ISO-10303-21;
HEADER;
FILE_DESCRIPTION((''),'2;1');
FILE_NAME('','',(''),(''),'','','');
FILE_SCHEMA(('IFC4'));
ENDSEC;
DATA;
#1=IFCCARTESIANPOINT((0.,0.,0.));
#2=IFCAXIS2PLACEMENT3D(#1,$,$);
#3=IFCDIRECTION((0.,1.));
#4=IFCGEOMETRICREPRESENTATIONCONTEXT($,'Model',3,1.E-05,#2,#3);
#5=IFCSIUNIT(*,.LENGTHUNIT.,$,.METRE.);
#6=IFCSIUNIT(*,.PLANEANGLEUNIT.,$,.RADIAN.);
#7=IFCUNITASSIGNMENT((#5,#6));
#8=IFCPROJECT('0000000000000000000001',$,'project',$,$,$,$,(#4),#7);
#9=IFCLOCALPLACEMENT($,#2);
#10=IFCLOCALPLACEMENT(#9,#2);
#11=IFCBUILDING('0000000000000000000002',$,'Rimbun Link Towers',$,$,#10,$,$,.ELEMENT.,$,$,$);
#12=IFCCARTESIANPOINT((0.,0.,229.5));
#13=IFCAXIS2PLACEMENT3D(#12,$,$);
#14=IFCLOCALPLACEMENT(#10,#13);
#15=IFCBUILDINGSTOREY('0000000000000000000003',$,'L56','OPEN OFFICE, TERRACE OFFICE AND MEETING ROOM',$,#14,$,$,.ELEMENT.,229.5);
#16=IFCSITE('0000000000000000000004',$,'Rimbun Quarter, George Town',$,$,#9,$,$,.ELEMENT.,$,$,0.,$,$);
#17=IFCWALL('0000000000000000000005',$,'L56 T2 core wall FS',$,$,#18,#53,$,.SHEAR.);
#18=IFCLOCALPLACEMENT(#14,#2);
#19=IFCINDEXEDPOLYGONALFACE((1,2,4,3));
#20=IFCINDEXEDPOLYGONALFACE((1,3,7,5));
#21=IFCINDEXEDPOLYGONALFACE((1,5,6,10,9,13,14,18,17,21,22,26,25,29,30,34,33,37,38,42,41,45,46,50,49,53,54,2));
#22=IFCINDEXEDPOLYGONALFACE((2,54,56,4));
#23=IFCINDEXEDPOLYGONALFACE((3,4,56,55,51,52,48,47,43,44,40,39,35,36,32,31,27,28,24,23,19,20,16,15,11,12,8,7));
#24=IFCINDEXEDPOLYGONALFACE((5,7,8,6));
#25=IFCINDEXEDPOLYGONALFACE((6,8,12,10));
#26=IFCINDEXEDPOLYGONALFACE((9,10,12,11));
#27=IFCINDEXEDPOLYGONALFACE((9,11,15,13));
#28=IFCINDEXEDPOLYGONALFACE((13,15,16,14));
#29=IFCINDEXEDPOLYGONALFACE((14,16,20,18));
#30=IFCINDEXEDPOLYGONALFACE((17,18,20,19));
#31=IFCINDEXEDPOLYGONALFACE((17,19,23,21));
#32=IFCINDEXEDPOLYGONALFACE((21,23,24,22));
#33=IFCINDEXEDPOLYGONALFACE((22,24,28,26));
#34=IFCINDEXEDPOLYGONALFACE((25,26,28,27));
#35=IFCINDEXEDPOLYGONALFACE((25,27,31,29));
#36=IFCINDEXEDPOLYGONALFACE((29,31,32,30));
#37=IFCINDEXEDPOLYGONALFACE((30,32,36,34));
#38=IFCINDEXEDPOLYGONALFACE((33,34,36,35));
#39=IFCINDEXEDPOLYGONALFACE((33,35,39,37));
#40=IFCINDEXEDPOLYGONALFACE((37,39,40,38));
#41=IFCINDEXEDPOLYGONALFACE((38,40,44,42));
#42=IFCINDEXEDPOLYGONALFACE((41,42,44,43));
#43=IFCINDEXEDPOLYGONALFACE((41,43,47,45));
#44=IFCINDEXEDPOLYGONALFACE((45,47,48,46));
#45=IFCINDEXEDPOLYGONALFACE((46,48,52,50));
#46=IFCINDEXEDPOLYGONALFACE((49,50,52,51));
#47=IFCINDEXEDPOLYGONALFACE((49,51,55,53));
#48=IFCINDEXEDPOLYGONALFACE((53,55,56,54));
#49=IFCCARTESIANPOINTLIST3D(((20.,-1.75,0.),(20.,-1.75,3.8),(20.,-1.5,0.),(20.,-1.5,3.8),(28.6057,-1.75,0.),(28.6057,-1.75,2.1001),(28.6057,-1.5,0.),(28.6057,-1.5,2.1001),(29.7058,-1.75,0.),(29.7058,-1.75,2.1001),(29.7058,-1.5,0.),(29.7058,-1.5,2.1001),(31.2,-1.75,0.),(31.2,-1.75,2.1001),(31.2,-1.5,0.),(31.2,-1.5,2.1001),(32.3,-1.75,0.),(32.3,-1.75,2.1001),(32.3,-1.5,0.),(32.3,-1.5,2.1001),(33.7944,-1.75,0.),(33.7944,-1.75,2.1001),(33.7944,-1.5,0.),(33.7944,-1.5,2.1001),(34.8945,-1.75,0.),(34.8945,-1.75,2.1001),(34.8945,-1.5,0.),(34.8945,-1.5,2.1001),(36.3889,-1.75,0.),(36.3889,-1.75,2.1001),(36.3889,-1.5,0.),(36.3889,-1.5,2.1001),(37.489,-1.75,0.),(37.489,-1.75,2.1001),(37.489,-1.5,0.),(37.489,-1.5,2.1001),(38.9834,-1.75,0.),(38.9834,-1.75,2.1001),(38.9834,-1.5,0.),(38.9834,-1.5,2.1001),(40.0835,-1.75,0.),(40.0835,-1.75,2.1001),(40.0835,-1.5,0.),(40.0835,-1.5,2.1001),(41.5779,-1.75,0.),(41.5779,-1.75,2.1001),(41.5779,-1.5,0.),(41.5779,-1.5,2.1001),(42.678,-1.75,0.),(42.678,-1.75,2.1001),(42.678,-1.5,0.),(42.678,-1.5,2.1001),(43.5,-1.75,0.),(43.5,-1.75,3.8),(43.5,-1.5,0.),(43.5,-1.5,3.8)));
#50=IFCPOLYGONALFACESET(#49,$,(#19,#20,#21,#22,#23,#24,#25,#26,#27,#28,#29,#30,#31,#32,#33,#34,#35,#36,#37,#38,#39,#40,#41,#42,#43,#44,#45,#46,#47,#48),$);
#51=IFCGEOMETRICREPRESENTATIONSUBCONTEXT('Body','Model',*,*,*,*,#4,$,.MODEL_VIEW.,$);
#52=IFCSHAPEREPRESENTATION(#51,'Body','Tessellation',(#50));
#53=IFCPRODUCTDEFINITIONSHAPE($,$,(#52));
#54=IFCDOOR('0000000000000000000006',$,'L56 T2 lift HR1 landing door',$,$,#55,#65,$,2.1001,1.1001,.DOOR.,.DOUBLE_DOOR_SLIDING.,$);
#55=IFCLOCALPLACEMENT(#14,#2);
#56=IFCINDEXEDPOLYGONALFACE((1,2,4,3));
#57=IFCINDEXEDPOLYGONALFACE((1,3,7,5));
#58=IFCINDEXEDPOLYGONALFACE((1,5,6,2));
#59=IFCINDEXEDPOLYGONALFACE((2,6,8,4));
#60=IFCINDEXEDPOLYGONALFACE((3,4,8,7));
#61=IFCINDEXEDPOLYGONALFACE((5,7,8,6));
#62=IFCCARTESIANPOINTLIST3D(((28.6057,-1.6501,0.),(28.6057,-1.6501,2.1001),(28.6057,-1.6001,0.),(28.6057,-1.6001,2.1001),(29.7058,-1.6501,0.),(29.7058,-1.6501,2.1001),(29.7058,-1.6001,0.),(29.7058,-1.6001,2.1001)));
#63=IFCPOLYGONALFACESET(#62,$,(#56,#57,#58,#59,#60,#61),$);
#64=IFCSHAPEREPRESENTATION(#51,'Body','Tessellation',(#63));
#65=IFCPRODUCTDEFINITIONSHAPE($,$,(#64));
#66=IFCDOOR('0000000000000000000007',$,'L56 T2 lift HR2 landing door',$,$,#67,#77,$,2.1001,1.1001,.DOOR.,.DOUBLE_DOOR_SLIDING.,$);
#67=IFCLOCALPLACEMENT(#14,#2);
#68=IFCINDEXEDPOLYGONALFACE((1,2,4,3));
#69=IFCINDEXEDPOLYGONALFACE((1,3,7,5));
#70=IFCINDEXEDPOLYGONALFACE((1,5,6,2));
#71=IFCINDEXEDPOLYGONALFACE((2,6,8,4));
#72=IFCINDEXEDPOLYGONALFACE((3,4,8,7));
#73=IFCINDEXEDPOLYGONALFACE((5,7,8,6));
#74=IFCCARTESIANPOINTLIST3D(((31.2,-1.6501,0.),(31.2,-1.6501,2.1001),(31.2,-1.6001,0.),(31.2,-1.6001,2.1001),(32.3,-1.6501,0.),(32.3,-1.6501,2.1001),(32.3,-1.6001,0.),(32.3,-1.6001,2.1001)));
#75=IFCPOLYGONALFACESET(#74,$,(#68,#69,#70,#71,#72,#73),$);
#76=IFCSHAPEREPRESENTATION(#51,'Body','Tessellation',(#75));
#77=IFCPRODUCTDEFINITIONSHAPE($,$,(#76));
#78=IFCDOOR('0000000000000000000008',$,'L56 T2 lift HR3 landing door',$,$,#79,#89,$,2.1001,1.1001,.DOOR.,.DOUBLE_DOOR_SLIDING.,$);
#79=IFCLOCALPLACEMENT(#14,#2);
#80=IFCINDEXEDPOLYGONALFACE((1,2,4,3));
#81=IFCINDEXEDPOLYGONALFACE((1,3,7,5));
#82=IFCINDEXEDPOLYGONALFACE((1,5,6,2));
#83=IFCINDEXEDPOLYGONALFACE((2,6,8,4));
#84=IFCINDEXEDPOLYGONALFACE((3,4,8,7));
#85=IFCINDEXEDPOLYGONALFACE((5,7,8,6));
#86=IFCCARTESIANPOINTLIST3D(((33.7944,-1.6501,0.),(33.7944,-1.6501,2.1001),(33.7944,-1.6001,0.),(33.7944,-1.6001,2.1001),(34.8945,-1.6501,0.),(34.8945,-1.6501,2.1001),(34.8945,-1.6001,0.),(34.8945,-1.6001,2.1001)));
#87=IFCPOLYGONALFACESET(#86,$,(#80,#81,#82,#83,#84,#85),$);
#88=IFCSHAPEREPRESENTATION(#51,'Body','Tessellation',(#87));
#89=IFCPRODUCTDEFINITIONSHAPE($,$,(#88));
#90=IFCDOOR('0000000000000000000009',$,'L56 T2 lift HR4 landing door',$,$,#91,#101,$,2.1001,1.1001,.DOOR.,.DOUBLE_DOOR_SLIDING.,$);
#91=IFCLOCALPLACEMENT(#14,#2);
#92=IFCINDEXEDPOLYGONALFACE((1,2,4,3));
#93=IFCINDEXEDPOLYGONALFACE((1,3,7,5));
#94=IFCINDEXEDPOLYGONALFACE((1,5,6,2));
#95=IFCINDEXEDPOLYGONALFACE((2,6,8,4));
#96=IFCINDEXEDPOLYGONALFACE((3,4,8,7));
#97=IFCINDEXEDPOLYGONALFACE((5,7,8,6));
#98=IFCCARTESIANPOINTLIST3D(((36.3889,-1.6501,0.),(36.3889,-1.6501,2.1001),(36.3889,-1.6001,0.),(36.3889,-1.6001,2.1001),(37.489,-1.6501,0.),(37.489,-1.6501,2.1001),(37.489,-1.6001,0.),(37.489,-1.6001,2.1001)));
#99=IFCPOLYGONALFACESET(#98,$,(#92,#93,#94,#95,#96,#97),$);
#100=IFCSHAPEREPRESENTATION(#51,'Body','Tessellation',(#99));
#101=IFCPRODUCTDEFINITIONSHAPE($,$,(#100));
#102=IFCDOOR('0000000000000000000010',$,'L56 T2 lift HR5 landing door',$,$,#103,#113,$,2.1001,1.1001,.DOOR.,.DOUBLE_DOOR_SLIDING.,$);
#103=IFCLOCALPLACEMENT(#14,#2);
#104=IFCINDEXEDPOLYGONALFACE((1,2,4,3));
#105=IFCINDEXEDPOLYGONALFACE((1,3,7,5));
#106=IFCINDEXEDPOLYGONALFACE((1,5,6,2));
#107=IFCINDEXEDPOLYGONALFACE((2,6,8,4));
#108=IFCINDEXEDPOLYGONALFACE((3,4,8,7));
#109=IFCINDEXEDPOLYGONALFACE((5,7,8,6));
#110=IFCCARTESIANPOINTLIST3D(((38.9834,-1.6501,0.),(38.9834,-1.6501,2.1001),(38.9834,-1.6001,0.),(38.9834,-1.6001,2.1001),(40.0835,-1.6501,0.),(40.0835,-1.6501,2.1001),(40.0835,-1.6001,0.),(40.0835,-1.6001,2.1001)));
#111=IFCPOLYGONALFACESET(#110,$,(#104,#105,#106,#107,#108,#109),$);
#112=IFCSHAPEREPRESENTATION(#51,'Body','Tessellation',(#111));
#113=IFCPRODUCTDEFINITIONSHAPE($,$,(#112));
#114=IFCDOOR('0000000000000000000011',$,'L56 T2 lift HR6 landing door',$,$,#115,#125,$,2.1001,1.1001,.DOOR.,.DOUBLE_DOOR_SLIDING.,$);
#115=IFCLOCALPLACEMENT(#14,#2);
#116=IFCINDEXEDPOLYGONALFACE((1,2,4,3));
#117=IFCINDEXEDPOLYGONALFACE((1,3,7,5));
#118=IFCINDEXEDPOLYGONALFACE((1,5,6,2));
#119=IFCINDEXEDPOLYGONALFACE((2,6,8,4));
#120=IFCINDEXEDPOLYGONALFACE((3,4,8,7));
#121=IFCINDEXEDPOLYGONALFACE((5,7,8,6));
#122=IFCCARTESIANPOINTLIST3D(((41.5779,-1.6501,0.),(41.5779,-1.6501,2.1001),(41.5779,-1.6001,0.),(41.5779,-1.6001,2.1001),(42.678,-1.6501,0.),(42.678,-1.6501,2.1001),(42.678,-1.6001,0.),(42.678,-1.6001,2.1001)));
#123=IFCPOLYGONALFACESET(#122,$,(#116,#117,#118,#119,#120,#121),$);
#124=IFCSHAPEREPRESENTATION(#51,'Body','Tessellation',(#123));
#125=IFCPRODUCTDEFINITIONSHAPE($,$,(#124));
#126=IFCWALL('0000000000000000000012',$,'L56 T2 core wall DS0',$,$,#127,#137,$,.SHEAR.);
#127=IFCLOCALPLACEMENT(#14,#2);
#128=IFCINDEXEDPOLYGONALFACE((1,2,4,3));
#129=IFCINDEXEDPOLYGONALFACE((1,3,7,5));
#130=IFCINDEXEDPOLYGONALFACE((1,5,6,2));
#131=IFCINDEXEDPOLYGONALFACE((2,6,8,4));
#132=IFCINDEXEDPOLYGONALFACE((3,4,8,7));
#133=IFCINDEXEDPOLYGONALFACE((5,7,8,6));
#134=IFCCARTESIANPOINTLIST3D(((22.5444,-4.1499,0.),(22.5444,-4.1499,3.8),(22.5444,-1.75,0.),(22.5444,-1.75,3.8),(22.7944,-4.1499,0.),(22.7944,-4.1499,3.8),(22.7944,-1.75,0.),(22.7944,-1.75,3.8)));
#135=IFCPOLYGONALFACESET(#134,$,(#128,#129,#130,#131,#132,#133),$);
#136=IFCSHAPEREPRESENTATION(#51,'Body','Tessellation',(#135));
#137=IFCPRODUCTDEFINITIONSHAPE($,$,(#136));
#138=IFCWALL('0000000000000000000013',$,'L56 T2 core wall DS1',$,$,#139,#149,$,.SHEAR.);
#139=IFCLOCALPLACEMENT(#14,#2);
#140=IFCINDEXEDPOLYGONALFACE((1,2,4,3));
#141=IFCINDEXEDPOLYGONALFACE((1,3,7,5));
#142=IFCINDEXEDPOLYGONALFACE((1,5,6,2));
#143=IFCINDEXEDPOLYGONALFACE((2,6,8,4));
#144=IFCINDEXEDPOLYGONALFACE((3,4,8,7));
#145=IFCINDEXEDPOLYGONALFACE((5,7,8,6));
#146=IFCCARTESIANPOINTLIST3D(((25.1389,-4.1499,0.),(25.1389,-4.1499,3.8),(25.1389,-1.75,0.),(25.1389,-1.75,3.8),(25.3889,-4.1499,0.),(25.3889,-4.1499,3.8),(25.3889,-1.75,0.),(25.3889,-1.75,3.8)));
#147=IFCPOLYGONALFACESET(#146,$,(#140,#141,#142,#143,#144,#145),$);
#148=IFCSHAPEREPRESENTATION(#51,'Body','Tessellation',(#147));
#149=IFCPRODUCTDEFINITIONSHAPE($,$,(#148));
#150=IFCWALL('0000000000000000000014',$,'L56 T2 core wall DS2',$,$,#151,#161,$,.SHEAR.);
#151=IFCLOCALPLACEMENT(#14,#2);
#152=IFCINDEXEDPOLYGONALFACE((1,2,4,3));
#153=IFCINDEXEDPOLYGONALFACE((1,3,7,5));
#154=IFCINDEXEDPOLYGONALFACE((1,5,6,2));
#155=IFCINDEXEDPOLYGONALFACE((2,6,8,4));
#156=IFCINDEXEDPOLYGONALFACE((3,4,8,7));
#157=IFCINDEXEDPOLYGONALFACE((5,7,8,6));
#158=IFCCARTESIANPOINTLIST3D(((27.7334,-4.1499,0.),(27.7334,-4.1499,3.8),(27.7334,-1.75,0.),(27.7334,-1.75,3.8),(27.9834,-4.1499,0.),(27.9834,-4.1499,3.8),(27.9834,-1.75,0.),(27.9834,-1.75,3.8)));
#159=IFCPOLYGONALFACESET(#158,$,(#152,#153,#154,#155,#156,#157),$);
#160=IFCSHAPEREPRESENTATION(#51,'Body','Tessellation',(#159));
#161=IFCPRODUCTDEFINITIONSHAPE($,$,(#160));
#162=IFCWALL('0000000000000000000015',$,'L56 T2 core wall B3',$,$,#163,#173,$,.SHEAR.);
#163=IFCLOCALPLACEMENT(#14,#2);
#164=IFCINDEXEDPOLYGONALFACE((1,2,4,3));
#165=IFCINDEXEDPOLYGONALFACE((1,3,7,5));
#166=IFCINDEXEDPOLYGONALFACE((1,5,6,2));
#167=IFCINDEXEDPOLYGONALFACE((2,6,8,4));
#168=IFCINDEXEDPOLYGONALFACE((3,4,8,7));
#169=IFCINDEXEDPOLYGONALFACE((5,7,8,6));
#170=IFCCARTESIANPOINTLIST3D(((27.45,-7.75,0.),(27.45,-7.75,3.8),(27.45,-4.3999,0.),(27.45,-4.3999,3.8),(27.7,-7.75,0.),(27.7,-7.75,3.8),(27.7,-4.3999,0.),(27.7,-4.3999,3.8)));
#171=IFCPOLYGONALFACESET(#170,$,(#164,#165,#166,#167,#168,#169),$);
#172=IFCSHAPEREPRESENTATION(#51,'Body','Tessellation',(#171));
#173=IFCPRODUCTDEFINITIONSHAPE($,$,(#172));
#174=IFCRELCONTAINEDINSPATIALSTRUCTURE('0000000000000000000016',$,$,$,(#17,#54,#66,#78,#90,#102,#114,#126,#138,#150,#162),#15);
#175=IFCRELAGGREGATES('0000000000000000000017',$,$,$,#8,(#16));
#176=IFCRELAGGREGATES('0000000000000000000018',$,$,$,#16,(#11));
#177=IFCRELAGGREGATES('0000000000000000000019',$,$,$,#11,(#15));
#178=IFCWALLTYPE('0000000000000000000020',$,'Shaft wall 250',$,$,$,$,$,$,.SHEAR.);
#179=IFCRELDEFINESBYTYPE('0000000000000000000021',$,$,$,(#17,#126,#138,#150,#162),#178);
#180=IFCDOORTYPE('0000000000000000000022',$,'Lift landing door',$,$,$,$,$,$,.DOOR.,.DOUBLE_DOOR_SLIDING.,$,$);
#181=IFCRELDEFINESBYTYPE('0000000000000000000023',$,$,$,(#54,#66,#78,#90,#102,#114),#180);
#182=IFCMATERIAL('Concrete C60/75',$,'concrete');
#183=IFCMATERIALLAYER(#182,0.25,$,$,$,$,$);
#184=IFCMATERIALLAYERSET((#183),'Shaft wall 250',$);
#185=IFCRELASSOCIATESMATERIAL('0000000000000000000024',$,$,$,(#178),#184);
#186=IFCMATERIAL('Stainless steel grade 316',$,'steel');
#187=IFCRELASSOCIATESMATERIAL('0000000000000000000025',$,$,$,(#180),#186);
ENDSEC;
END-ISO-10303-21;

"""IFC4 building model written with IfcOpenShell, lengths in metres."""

from ifc_helpers import new_model, si_unit, direction, frame, frame_2d, origin, place, context, subcontext, project, spatial, rectangle, extrude, material, layer, layer_set, type_object, element, fill, save


model = new_model("IFC4")

# Units and contexts
model_context = context("Model", 3, precision=1e-05, world=origin(), true_north=direction((0.0, 1.0)))
body_context = subcontext(model_context, "Body", "Model", "MODEL_VIEW")
ifc_project = project(units=[si_unit("LENGTHUNIT", "METRE"), si_unit("PLANEANGLEUNIT", "RADIAN")], contexts=[model_context])

# Site, building, storey
site_placement = place(None, origin())
site = spatial("IfcSite", under=ifc_project, at=site_placement, Name="Rimbun Quarter, George Town", CompositionType="ELEMENT", RefElevation=0.0)
building_placement = place(site_placement, origin())
building = spatial("IfcBuilding", under=site, at=building_placement, Name="Rimbun Link Towers", CompositionType="ELEMENT")
storey_placement = place(building_placement, frame((0.0, 0.0, 229.5)))
storey = spatial("IfcBuildingStorey", under=building, at=storey_placement, Name="L56", Description="OPEN OFFICE, TERRACE OFFICE AND MEETING ROOM", CompositionType="ELEMENT", Elevation=229.5)

# Shared definitions
ifc_material_1 = material(Name="Concrete C60/75", Category="concrete")
ifc_layer_1 = layer(ifc_material_1, 0.25)
ifc_layer_set_1 = layer_set([ifc_layer_1], Name="Shaft wall 250")
wall_type_1 = type_object("IfcWallType", Name="Shaft wall 250", PredefinedType="SHEAR", material=ifc_layer_set_1)

# Wall, openings, doors
wall_1_placement = place(storey_placement, frame((20.0, -1.625, 0.0), z_axis=(0.0, 0.0, 1.0), x_axis=(1.0, 0.0, 0.0)))
wall_1 = element("IfcWall", 1, at=wall_1_placement, inside=storey, type_object=wall_type_1, Name="L56 T2 core wall FS", PredefinedType="SHEAR", context=body_context, shape_type="SweptSolid", body=[
    extrude(rectangle(XDim=23.5, YDim=0.25, at=frame_2d((11.75, 0.0))), origin(), (0.0, 0.0, 1.0), 3.8),
])
opening_1_placement = place(wall_1_placement, frame((8.6057, 0.0, 0.0)))
opening_1 = element("IfcOpeningElement", 2, at=opening_1_placement, cuts=wall_1, PredefinedType="OPENING", context=body_context, shape_type="SweptSolid", body=[
    extrude(rectangle(XDim=1.1001, YDim=2.1001, at=frame_2d((0.55, 1.05))), frame((0.0, 0.135, 0.0), z_axis=(0.0, -1.0, 0.0), x_axis=(1.0, 0.0, 0.0)), (0.0, 0.0, 1.0), 0.27),
])
opening_2_placement = place(wall_1_placement, frame((11.2, 0.0, 0.0)))
opening_2 = element("IfcOpeningElement", 3, at=opening_2_placement, cuts=wall_1, PredefinedType="OPENING", context=body_context, shape_type="SweptSolid", body=[
    extrude(rectangle(XDim=1.1001, YDim=2.1001, at=frame_2d((0.55, 1.05))), frame((0.0, 0.135, 0.0), z_axis=(0.0, -1.0, 0.0), x_axis=(1.0, 0.0, 0.0)), (0.0, 0.0, 1.0), 0.27),
])
opening_3_placement = place(wall_1_placement, frame((13.7944, 0.0, 0.0)))
opening_3 = element("IfcOpeningElement", 4, at=opening_3_placement, cuts=wall_1, PredefinedType="OPENING", context=body_context, shape_type="SweptSolid", body=[
    extrude(rectangle(XDim=1.1001, YDim=2.1001, at=frame_2d((0.55, 1.05))), frame((0.0, 0.135, 0.0), z_axis=(0.0, -1.0, 0.0), x_axis=(1.0, 0.0, 0.0)), (0.0, 0.0, 1.0), 0.27),
])
opening_4_placement = place(wall_1_placement, frame((16.3889, 0.0, 0.0)))
opening_4 = element("IfcOpeningElement", 5, at=opening_4_placement, cuts=wall_1, PredefinedType="OPENING", context=body_context, shape_type="SweptSolid", body=[
    extrude(rectangle(XDim=1.1001, YDim=2.1001, at=frame_2d((0.55, 1.05))), frame((0.0, 0.135, 0.0), z_axis=(0.0, -1.0, 0.0), x_axis=(1.0, 0.0, 0.0)), (0.0, 0.0, 1.0), 0.27),
])
opening_5_placement = place(wall_1_placement, frame((18.9834, 0.0, 0.0)))
opening_5 = element("IfcOpeningElement", 6, at=opening_5_placement, cuts=wall_1, PredefinedType="OPENING", context=body_context, shape_type="SweptSolid", body=[
    extrude(rectangle(XDim=1.1001, YDim=2.1001, at=frame_2d((0.55, 1.05))), frame((0.0, 0.135, 0.0), z_axis=(0.0, -1.0, 0.0), x_axis=(1.0, 0.0, 0.0)), (0.0, 0.0, 1.0), 0.27),
])
opening_6_placement = place(wall_1_placement, frame((21.5779, 0.0, 0.0)))
opening_6 = element("IfcOpeningElement", 7, at=opening_6_placement, cuts=wall_1, PredefinedType="OPENING", context=body_context, shape_type="SweptSolid", body=[
    extrude(rectangle(XDim=1.1001, YDim=2.1001, at=frame_2d((0.55, 1.05))), frame((0.0, 0.135, 0.0), z_axis=(0.0, -1.0, 0.0), x_axis=(1.0, 0.0, 0.0)), (0.0, 0.0, 1.0), 0.27),
])
ifc_material_2 = material(Name="Stainless steel grade 316", Category="steel")
door_type_1 = type_object("IfcDoorType", Name="Lift landing door", OperationType="DOUBLE_DOOR_SLIDING", PredefinedType="DOOR", material=ifc_material_2)
door_1_placement = place(opening_1_placement, origin())
door_1 = element("IfcDoor", 8, at=door_1_placement, inside=storey, type_object=door_type_1, Name="L56 T2 lift HR1 landing door", OperationType="DOUBLE_DOOR_SLIDING", OverallHeight=2.1001, OverallWidth=1.1001, PredefinedType="DOOR", context=body_context, shape_type="SweptSolid", body=[
    extrude(rectangle(XDim=1.1001, YDim=2.1001, at=frame_2d((0.55, 1.05))), frame((0.0, 0.0249, 0.0), z_axis=(0.0, -1.0, 0.0), x_axis=(1.0, 0.0, 0.0)), (0.0, 0.0, 1.0), 0.05),
])
fill(opening_1, door_1)
door_2_placement = place(opening_2_placement, origin())
door_2 = element("IfcDoor", 9, at=door_2_placement, inside=storey, type_object=door_type_1, Name="L56 T2 lift HR2 landing door", OperationType="DOUBLE_DOOR_SLIDING", OverallHeight=2.1001, OverallWidth=1.1001, PredefinedType="DOOR", context=body_context, shape_type="SweptSolid", body=[
    extrude(rectangle(XDim=1.1001, YDim=2.1001, at=frame_2d((0.55, 1.05))), frame((0.0, 0.0249, 0.0), z_axis=(0.0, -1.0, 0.0), x_axis=(1.0, 0.0, 0.0)), (0.0, 0.0, 1.0), 0.05),
])
fill(opening_2, door_2)
door_3_placement = place(opening_3_placement, origin())
door_3 = element("IfcDoor", 10, at=door_3_placement, inside=storey, type_object=door_type_1, Name="L56 T2 lift HR3 landing door", OperationType="DOUBLE_DOOR_SLIDING", OverallHeight=2.1001, OverallWidth=1.1001, PredefinedType="DOOR", context=body_context, shape_type="SweptSolid", body=[
    extrude(rectangle(XDim=1.1001, YDim=2.1001, at=frame_2d((0.55, 1.05))), frame((0.0, 0.0249, 0.0), z_axis=(0.0, -1.0, 0.0), x_axis=(1.0, 0.0, 0.0)), (0.0, 0.0, 1.0), 0.05),
])
fill(opening_3, door_3)
door_4_placement = place(opening_4_placement, origin())
door_4 = element("IfcDoor", 11, at=door_4_placement, inside=storey, type_object=door_type_1, Name="L56 T2 lift HR4 landing door", OperationType="DOUBLE_DOOR_SLIDING", OverallHeight=2.1001, OverallWidth=1.1001, PredefinedType="DOOR", context=body_context, shape_type="SweptSolid", body=[
    extrude(rectangle(XDim=1.1001, YDim=2.1001, at=frame_2d((0.55, 1.05))), frame((0.0, 0.0249, 0.0), z_axis=(0.0, -1.0, 0.0), x_axis=(1.0, 0.0, 0.0)), (0.0, 0.0, 1.0), 0.05),
])
fill(opening_4, door_4)
door_5_placement = place(opening_5_placement, origin())
door_5 = element("IfcDoor", 12, at=door_5_placement, inside=storey, type_object=door_type_1, Name="L56 T2 lift HR5 landing door", OperationType="DOUBLE_DOOR_SLIDING", OverallHeight=2.1001, OverallWidth=1.1001, PredefinedType="DOOR", context=body_context, shape_type="SweptSolid", body=[
    extrude(rectangle(XDim=1.1001, YDim=2.1001, at=frame_2d((0.55, 1.05))), frame((0.0, 0.0249, 0.0), z_axis=(0.0, -1.0, 0.0), x_axis=(1.0, 0.0, 0.0)), (0.0, 0.0, 1.0), 0.05),
])
fill(opening_5, door_5)
door_6_placement = place(opening_6_placement, origin())
door_6 = element("IfcDoor", 13, at=door_6_placement, inside=storey, type_object=door_type_1, Name="L56 T2 lift HR6 landing door", OperationType="DOUBLE_DOOR_SLIDING", OverallHeight=2.1001, OverallWidth=1.1001, PredefinedType="DOOR", context=body_context, shape_type="SweptSolid", body=[
    extrude(rectangle(XDim=1.1001, YDim=2.1001, at=frame_2d((0.55, 1.05))), frame((0.0, 0.0249, 0.0), z_axis=(0.0, -1.0, 0.0), x_axis=(1.0, 0.0, 0.0)), (0.0, 0.0, 1.0), 0.05),
])
fill(opening_6, door_6)

# Walls
for number, where, z_axis, x_axis, name in (
    (14, (22.6694, -4.1499, 0.0), (0.0, 0.0, 1.0), (0.0, 1.0, 0.0), "L56 T2 core wall DS0"),
    (15, (25.2639, -4.1499, 0.0), (0.0, 0.0, 1.0), (0.0, 1.0, 0.0), "L56 T2 core wall DS1"),
    (16, (27.8584, -4.1499, 0.0), (0.0, 0.0, 1.0), (0.0, 1.0, 0.0), "L56 T2 core wall DS2"),
):
    element("IfcWall", number, at=place(storey_placement, frame(where, z_axis=z_axis, x_axis=x_axis)), inside=storey, type_object=wall_type_1, Name=name, PredefinedType="SHEAR", context=body_context, shape_type="SweptSolid", body=[
        extrude(rectangle(XDim=2.3999, YDim=0.25, at=frame_2d((1.2, 0.0))), origin(), (0.0, 0.0, 1.0), 3.8),
    ])
wall_2_placement = place(storey_placement, frame((27.575, -4.3999, 0.0), z_axis=(0.0, 0.0, 1.0), x_axis=(0.0, -1.0, 0.0)))
element("IfcWall", 17, at=wall_2_placement, inside=storey, type_object=wall_type_1, Name="L56 T2 core wall B3", PredefinedType="SHEAR", context=body_context, shape_type="SweptSolid", body=[
    extrude(rectangle(XDim=3.3501, YDim=0.25, at=frame_2d((1.675, 0.0))), origin(), (0.0, 0.0, 1.0), 3.8),
])

save(model, "model.ifc")
